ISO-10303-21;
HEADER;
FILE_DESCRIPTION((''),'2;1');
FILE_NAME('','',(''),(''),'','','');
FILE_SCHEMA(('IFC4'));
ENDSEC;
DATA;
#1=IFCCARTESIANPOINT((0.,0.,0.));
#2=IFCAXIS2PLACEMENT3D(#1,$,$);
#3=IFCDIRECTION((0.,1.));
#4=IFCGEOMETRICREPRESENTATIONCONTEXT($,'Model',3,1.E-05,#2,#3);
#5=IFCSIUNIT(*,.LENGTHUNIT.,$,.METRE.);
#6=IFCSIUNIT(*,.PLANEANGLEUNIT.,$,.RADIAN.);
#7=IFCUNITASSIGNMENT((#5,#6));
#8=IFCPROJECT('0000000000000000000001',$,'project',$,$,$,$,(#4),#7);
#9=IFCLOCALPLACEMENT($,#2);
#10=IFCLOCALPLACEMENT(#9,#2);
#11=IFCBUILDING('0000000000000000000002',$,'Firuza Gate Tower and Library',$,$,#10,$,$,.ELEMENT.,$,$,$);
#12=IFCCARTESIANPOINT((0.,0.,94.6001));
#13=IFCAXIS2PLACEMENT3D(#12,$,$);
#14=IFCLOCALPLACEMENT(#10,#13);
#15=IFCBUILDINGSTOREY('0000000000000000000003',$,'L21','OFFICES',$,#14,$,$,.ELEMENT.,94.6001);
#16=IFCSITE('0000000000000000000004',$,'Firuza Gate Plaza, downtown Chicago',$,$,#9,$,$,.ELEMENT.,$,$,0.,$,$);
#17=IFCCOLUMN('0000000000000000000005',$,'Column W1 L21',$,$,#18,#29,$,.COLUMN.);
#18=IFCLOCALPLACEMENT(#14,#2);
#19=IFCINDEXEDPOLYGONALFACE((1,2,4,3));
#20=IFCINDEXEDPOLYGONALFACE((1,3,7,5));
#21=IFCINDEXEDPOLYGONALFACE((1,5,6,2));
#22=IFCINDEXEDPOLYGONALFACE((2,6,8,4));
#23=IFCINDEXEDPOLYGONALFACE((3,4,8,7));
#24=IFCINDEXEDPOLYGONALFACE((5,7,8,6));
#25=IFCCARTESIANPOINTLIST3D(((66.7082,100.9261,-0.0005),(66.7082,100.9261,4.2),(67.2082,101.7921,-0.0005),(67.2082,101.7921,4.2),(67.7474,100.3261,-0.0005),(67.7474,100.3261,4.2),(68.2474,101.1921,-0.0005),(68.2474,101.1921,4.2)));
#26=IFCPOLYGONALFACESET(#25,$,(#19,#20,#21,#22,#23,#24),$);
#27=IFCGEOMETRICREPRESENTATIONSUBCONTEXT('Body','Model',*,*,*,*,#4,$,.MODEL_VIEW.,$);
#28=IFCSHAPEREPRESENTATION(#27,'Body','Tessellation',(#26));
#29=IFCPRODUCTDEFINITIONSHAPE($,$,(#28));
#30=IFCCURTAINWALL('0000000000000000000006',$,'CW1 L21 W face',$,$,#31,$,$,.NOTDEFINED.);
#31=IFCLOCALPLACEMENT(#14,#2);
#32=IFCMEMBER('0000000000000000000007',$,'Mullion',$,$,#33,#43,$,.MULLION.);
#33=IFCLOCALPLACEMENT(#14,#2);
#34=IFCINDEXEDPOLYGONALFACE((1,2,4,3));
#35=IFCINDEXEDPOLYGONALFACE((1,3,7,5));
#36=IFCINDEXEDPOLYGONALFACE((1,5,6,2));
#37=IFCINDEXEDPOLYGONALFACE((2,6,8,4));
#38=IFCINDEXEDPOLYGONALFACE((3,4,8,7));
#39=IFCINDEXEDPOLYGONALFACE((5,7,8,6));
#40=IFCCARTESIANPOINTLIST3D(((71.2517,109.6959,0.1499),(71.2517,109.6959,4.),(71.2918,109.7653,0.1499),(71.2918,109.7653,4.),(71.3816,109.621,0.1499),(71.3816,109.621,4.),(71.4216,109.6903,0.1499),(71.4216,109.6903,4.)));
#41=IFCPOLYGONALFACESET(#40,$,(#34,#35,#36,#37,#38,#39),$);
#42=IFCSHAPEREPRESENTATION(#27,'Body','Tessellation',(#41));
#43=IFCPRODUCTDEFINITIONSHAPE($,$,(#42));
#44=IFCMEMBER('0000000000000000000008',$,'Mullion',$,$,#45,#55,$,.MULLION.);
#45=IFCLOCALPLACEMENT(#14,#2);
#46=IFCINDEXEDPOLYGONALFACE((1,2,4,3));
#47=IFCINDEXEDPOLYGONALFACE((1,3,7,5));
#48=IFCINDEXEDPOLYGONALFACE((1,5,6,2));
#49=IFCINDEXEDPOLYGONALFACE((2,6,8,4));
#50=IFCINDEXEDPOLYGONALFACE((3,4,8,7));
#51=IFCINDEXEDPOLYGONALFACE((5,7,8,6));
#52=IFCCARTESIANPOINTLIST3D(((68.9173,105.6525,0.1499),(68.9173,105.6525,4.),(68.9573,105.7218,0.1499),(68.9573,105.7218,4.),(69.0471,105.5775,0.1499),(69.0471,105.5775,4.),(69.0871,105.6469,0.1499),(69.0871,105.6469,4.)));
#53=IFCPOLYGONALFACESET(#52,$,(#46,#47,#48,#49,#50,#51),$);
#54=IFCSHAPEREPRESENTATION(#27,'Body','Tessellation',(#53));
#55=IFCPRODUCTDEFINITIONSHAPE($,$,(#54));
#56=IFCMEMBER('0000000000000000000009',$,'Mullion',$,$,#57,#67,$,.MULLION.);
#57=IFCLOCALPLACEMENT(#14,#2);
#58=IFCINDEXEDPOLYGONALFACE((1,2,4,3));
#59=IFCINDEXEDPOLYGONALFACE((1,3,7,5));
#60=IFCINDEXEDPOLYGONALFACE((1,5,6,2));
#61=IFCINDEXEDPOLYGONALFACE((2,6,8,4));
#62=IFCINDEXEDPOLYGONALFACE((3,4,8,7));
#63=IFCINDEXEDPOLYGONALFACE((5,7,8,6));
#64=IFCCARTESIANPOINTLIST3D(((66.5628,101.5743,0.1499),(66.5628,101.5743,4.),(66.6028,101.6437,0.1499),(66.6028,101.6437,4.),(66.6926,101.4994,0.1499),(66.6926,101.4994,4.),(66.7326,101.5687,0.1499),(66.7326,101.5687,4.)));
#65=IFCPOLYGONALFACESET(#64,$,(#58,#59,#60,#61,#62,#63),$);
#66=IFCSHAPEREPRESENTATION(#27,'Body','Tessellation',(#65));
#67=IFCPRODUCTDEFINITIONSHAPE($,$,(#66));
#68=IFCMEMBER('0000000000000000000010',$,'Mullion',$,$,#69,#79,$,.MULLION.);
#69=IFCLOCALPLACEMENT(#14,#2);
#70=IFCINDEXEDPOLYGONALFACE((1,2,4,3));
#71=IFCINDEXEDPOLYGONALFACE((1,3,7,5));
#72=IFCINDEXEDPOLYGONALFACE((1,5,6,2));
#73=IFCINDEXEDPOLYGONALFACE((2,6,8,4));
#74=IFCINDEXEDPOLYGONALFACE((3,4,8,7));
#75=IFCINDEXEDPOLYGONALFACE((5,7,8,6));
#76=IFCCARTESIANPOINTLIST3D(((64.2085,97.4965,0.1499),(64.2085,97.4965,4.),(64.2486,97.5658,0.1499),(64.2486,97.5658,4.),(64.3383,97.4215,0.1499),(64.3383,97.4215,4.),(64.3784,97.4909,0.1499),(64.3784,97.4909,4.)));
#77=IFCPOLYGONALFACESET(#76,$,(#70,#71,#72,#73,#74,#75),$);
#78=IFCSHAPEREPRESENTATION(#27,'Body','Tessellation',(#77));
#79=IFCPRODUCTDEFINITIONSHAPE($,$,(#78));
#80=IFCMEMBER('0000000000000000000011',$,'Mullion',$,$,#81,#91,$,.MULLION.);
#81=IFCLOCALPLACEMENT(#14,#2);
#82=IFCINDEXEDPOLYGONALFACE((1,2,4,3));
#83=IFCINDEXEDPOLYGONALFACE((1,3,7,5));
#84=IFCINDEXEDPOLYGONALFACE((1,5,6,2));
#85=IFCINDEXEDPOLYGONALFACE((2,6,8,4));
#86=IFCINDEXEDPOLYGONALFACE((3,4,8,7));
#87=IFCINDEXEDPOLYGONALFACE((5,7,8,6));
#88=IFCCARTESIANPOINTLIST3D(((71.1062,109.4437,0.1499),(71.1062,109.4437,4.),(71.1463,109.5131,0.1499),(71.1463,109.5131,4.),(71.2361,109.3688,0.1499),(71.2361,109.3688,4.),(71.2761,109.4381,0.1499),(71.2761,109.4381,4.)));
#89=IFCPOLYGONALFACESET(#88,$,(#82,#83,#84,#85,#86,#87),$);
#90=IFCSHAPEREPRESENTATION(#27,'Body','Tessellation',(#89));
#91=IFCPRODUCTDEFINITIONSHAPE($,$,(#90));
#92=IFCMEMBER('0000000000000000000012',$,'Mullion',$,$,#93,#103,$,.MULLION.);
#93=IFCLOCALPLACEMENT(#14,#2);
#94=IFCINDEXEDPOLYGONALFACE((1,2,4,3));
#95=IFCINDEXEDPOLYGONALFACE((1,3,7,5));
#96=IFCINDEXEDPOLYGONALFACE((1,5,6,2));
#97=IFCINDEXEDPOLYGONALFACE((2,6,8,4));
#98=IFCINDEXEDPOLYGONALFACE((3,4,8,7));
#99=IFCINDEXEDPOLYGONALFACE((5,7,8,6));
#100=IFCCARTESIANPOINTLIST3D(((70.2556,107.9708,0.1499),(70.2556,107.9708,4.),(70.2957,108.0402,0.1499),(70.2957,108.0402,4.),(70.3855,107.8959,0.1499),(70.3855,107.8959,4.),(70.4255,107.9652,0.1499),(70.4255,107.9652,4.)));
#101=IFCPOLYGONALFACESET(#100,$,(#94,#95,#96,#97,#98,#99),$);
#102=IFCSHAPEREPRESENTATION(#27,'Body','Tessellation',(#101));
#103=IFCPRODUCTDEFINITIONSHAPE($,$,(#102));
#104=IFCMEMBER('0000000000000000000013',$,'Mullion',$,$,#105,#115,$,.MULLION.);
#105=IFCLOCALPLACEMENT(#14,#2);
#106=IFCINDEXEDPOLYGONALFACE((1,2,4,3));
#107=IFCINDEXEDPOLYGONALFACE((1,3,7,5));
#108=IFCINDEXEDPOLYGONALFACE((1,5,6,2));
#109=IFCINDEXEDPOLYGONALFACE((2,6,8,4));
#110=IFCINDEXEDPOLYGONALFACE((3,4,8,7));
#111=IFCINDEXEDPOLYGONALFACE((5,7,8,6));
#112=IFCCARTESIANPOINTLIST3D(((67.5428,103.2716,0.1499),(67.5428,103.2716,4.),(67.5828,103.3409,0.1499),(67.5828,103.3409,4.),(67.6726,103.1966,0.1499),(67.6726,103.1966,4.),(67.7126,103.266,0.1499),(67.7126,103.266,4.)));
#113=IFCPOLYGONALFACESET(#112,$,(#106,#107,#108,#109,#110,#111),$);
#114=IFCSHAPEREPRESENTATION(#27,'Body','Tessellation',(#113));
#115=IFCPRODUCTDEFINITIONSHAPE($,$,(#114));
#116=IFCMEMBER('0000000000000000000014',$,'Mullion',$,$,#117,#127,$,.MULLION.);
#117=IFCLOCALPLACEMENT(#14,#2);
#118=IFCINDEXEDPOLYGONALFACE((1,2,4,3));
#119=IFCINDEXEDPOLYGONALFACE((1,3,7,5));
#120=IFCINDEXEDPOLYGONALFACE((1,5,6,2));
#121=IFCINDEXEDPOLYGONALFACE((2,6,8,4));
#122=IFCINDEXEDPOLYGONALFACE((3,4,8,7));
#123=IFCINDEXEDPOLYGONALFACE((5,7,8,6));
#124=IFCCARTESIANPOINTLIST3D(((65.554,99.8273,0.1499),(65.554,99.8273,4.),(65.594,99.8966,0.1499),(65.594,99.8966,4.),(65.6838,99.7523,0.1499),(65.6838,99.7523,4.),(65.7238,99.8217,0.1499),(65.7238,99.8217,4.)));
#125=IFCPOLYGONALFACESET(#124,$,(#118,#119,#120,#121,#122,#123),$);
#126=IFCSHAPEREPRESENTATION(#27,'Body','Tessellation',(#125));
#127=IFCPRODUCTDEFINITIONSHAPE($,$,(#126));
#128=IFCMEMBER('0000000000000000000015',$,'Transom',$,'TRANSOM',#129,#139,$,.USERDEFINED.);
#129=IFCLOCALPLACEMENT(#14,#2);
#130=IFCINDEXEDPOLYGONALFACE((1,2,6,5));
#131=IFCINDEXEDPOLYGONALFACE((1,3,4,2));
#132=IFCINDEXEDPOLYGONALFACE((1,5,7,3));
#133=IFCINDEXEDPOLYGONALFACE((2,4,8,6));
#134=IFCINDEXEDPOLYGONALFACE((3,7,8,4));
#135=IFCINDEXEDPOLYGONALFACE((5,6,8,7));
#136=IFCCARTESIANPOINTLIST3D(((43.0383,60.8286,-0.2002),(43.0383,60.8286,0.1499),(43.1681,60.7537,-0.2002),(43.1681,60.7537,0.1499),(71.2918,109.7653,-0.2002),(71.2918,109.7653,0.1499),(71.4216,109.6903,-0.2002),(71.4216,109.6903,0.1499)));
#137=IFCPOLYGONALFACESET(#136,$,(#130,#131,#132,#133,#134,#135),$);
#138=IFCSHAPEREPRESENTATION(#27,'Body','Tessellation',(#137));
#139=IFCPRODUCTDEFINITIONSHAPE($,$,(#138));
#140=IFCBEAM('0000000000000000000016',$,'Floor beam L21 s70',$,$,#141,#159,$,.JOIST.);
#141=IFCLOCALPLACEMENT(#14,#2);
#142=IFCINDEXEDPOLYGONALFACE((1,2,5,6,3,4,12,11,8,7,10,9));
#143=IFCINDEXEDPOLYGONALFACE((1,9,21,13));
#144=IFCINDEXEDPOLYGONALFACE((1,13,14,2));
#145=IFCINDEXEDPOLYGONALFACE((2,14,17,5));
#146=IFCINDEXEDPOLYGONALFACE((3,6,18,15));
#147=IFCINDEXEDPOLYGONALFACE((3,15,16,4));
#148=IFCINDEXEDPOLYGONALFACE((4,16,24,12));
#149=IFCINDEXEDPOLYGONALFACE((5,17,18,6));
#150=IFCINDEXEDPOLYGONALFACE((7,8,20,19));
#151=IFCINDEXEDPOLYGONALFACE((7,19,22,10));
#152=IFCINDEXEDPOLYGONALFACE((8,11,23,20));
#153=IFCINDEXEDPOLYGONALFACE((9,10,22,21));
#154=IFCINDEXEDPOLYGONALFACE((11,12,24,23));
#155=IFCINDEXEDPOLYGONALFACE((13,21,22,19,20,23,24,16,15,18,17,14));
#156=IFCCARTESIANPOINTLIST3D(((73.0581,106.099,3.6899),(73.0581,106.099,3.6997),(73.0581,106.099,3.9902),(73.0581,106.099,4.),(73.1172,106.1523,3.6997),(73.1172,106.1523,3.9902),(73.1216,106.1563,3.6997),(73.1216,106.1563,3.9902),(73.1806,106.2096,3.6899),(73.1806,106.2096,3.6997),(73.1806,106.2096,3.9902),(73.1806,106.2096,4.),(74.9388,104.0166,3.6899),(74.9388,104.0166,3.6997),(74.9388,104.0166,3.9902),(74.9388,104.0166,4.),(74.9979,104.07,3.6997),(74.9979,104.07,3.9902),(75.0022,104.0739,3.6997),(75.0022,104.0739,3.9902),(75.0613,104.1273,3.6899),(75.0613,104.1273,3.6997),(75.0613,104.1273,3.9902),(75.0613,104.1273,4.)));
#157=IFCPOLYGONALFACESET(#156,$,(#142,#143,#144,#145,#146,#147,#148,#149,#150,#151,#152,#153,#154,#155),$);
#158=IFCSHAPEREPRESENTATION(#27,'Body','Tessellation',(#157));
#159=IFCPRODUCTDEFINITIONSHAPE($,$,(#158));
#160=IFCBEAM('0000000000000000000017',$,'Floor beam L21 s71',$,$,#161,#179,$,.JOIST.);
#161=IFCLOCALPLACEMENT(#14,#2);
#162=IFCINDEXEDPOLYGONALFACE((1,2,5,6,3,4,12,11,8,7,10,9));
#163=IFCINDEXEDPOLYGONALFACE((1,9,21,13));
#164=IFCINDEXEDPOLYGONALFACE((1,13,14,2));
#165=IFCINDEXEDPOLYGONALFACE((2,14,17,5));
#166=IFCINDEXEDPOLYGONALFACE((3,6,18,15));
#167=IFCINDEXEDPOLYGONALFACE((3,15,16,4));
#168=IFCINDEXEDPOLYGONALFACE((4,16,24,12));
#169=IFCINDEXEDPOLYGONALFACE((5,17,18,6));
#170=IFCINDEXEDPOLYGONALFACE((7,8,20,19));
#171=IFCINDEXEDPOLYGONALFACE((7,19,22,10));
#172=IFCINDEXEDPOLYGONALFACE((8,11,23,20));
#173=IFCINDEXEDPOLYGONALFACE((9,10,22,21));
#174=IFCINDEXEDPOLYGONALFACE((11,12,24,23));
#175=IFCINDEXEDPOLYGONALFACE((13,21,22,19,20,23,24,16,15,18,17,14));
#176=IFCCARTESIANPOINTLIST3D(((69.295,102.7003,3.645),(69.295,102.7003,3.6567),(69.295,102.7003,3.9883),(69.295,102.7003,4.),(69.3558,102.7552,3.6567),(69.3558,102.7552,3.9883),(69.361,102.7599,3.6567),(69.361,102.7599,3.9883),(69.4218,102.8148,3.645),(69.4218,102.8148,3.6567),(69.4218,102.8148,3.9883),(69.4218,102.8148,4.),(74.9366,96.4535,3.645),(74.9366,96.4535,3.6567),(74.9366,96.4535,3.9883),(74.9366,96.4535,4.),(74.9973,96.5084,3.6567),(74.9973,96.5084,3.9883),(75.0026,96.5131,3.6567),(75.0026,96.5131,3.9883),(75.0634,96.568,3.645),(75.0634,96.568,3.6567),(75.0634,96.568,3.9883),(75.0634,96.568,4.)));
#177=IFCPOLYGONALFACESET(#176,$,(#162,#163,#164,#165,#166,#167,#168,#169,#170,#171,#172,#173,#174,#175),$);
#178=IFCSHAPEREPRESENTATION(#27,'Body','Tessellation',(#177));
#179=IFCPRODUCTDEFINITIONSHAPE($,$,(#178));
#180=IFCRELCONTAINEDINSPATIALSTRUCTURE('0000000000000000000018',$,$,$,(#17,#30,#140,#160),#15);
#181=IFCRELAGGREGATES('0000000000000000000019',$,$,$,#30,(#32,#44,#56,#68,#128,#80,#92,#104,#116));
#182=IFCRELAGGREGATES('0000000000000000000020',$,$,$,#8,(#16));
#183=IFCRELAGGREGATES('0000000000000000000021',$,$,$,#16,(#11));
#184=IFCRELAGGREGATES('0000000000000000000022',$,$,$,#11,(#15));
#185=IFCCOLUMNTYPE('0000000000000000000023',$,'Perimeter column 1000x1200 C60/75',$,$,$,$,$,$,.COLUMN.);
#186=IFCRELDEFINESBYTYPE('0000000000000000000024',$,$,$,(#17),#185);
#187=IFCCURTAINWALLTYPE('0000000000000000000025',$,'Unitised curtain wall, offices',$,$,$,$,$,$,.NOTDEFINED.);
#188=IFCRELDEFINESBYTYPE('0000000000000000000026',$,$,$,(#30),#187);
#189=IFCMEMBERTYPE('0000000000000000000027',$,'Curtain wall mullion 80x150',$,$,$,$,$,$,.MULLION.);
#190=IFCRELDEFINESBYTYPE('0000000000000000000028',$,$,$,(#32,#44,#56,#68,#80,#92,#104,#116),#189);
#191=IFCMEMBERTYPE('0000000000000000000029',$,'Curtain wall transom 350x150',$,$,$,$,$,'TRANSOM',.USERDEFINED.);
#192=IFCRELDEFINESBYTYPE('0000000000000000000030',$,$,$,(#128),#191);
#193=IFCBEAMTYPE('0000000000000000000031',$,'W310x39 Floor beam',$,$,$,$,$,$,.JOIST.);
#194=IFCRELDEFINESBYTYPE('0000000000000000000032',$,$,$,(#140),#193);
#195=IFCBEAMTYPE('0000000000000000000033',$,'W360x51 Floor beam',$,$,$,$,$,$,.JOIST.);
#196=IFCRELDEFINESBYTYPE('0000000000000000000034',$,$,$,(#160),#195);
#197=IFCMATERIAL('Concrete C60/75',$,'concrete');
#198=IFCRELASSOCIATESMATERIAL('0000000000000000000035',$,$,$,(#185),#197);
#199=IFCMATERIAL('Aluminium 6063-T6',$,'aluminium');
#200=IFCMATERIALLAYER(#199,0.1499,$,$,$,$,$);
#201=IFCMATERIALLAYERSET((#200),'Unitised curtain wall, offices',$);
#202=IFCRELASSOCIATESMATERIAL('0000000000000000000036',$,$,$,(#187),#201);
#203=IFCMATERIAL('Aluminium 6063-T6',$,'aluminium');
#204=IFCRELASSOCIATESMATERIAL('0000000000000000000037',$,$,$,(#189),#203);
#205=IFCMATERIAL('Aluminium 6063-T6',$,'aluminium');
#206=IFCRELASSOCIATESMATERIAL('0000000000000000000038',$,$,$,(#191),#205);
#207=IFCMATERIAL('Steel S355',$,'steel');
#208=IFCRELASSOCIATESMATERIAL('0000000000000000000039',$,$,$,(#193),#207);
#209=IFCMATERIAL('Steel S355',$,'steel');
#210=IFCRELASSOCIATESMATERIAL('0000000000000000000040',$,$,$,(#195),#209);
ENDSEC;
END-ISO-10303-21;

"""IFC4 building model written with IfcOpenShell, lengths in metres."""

from ifc_helpers import new_model, si_unit, direction, frame, origin, origin_2d, place, context, subcontext, project, spatial, rectangle, i_section, extrude, material, layer, layer_set, material_profile, profile_set, type_object, element, aggregate, save


model = new_model("IFC4")

# Units and contexts
model_context = context("Model", 3, precision=1e-05, world=origin(), true_north=direction((0.0, 1.0)))
body_context = subcontext(model_context, "Body", "Model", "MODEL_VIEW")
ifc_project = project(units=[si_unit("LENGTHUNIT", "METRE"), si_unit("PLANEANGLEUNIT", "RADIAN")], contexts=[model_context])

# Site, building, storey
site_placement = place(None, origin())
site = spatial("IfcSite", under=ifc_project, at=site_placement, Name="Firuza Gate Plaza, downtown Chicago", CompositionType="ELEMENT", RefElevation=0.0)
building_placement = place(site_placement, origin())
building = spatial("IfcBuilding", under=site, at=building_placement, Name="Firuza Gate Tower and Library", CompositionType="ELEMENT")
storey_placement = place(building_placement, frame((0.0, 0.0, 94.6001)))
storey = spatial("IfcBuildingStorey", under=building, at=storey_placement, Name="L21", Description="OFFICES", CompositionType="ELEMENT", Elevation=94.6001)

# Column
ifc_material_1 = material(Name="Concrete C60/75", Category="concrete")
ifc_material_profile_1 = material_profile(ifc_material_1, rectangle(XDim=1.0, YDim=1.2, at=origin_2d()))
ifc_profile_set_1 = profile_set([ifc_material_profile_1], Name="Concrete C60/75")
column_type = type_object("IfcColumnType", Name="Perimeter column 1000x1200 C60/75", PredefinedType="COLUMN", material=ifc_profile_set_1)
column_placement = place(storey_placement, frame((67.4778, 101.0591, -0.0005), z_axis=(0.0, 0.0, 1.0), x_axis=(-0.5, -0.866025, 0.0)))
element("IfcColumn", 1, at=column_placement, inside=storey, type_object=column_type, Name="Column W1 L21", PredefinedType="COLUMN", context=body_context, shape_type="SweptSolid", body=[
    extrude(rectangle(XDim=1.0, YDim=1.2, at=origin_2d()), origin(), (0.0, 0.0, 1.0), 4.2004),
])

# Curtain wall, members
ifc_material_2 = material(Name="Aluminium 6063-T6", Category="aluminium")
ifc_layer_1 = layer(ifc_material_2, 0.1499)
ifc_layer_set_1 = layer_set([ifc_layer_1], Name="Unitised curtain wall, offices")
curtain_wall_type = type_object("IfcCurtainWallType", Name="Unitised curtain wall, offices", PredefinedType="NOTDEFINED", material=ifc_layer_set_1)
curtain_wall_placement = place(storey_placement, origin())
curtain_wall = element("IfcCurtainWall", 2, at=curtain_wall_placement, inside=storey, type_object=curtain_wall_type, Name="CW1 L21 W face", PredefinedType="NOTDEFINED")
ifc_material_3 = material(Name="Aluminium 6063-T6", Category="aluminium")
ifc_material_profile_2 = material_profile(ifc_material_3, rectangle(XDim=0.1499, YDim=0.0801, at=origin_2d()))
ifc_profile_set_2 = profile_set([ifc_material_profile_2], Name="Aluminium 6063-T6")
member_type_1 = type_object("IfcMemberType", Name="Curtain wall mullion 80x150", PredefinedType="MULLION", material=ifc_profile_set_2)
member_1_placement = place(storey_placement, frame((71.3367, 109.6931, 0.1499), z_axis=(0.0, 0.0, 1.0), x_axis=(0.866025, -0.5, 0.0)))
member_1 = element("IfcMember", 3, at=member_1_placement, type_object=member_type_1, Name="Mullion", PredefinedType="MULLION", context=body_context, shape_type="SweptSolid", body=[
    extrude(rectangle(XDim=0.1499, YDim=0.0801, at=origin_2d()), origin(), (0.0, 0.0, 1.0), 3.8501),
])
member_2_placement = place(storey_placement, frame((69.0022, 105.6497, 0.1499), z_axis=(0.0, 0.0, 1.0), x_axis=(0.866025, -0.5, 0.0)))
member_2 = element("IfcMember", 4, at=member_2_placement, type_object=member_type_1, Name="Mullion", PredefinedType="MULLION", context=body_context, shape_type="SweptSolid", body=[
    extrude(rectangle(XDim=0.1499, YDim=0.0801, at=origin_2d()), origin(), (0.0, 0.0, 1.0), 3.8501),
])
member_3_placement = place(storey_placement, frame((66.6477, 101.5715, 0.1499), z_axis=(0.0, 0.0, 1.0), x_axis=(0.866025, -0.5, 0.0)))
member_3 = element("IfcMember", 5, at=member_3_placement, type_object=member_type_1, Name="Mullion", PredefinedType="MULLION", context=body_context, shape_type="SweptSolid", body=[
    extrude(rectangle(XDim=0.1499, YDim=0.0801, at=origin_2d()), origin(), (0.0, 0.0, 1.0), 3.8501),
])
member_4_placement = place(storey_placement, frame((64.2935, 97.4937, 0.1499), z_axis=(0.0, 0.0, 1.0), x_axis=(0.866025, -0.5, 0.0)))
member_4 = element("IfcMember", 6, at=member_4_placement, type_object=member_type_1, Name="Mullion", PredefinedType="MULLION", context=body_context, shape_type="SweptSolid", body=[
    extrude(rectangle(XDim=0.1499, YDim=0.0801, at=origin_2d()), origin(), (0.0, 0.0, 1.0), 3.8501),
])
member_5_placement = place(storey_placement, frame((71.1912, 109.4409, 0.1499), z_axis=(0.0, 0.0, 1.0), x_axis=(0.866025, -0.5, 0.0)))
member_5 = element("IfcMember", 7, at=member_5_placement, type_object=member_type_1, Name="Mullion", PredefinedType="MULLION", context=body_context, shape_type="SweptSolid", body=[
    extrude(rectangle(XDim=0.1499, YDim=0.0801, at=origin_2d()), origin(), (0.0, 0.0, 1.0), 3.8501),
])
member_6_placement = place(storey_placement, frame((70.3406, 107.968, 0.1499), z_axis=(0.0, 0.0, 1.0), x_axis=(0.866025, -0.5, 0.0)))
member_6 = element("IfcMember", 8, at=member_6_placement, type_object=member_type_1, Name="Mullion", PredefinedType="MULLION", context=body_context, shape_type="SweptSolid", body=[
    extrude(rectangle(XDim=0.1499, YDim=0.0801, at=origin_2d()), origin(), (0.0, 0.0, 1.0), 3.8501),
])
member_7_placement = place(storey_placement, frame((67.6277, 103.2688, 0.1499), z_axis=(0.0, 0.0, 1.0), x_axis=(0.866025, -0.5, 0.0)))
member_7 = element("IfcMember", 9, at=member_7_placement, type_object=member_type_1, Name="Mullion", PredefinedType="MULLION", context=body_context, shape_type="SweptSolid", body=[
    extrude(rectangle(XDim=0.1499, YDim=0.0801, at=origin_2d()), origin(), (0.0, 0.0, 1.0), 3.8501),
])
member_8_placement = place(storey_placement, frame((65.6389, 99.8245, 0.1499), z_axis=(0.0, 0.0, 1.0), x_axis=(0.866025, -0.5, 0.0)))
member_8 = element("IfcMember", 10, at=member_8_placement, type_object=member_type_1, Name="Mullion", PredefinedType="MULLION", context=body_context, shape_type="SweptSolid", body=[
    extrude(rectangle(XDim=0.1499, YDim=0.0801, at=origin_2d()), origin(), (0.0, 0.0, 1.0), 3.8501),
])
ifc_material_4 = material(Name="Aluminium 6063-T6", Category="aluminium")
ifc_material_profile_3 = material_profile(ifc_material_4, rectangle(XDim=0.1499, YDim=0.3501, at=origin_2d()))
ifc_profile_set_3 = profile_set([ifc_material_profile_3], Name="Aluminium 6063-T6")
member_type_2 = type_object("IfcMemberType", Name="Curtain wall transom 350x150", ElementType="TRANSOM", PredefinedType="USERDEFINED", material=ifc_profile_set_3)
member_9_placement = place(storey_placement, frame((71.3567, 109.7278, -0.0251), z_axis=(-0.499999, -0.866026, 0.0), x_axis=(0.866026, -0.499999, 0.0)))
member_9 = element("IfcMember", 11, at=member_9_placement, type_object=member_type_2, Name="Transom", ObjectType="TRANSOM", PredefinedType="USERDEFINED", context=body_context, shape_type="SweptSolid", body=[
    extrude(rectangle(XDim=0.1499, YDim=0.3501, at=origin_2d()), origin(), (0.0, 0.0, 1.0), 56.5071),
])

# Beams
ifc_material_5 = material(Name="Steel S355", Category="steel")
ifc_material_profile_4 = material_profile(ifc_material_5, i_section(OverallWidth=0.165, OverallDepth=0.3101, WebThickness=0.0059, FlangeThickness=0.0098, at=origin_2d()))
ifc_profile_set_4 = profile_set([ifc_material_profile_4], Name="Steel S355")
beam_type_1 = type_object("IfcBeamType", Name="W310x39 Floor beam", PredefinedType="JOIST", material=ifc_profile_set_4)
beam_1_placement = place(storey_placement, frame((73.1194, 106.1543, 3.845), z_axis=(0.670257, -0.742129, 0.0), x_axis=(0.742129, 0.670257, 0.0)))
element("IfcBeam", 12, at=beam_1_placement, inside=storey, type_object=beam_type_1, Name="Floor beam L21 s70", PredefinedType="JOIST", context=body_context, shape_type="SweptSolid", body=[
    extrude(i_section(OverallWidth=0.165, OverallDepth=0.3101, WebThickness=0.0059, FlangeThickness=0.0098, at=origin_2d()), origin(), (0.0, 0.0, 1.0), 2.8059),
])
ifc_material_6 = material(Name="Steel S355", Category="steel")
ifc_material_profile_5 = material_profile(ifc_material_6, i_section(OverallWidth=0.1709, OverallDepth=0.355, WebThickness=0.0071, FlangeThickness=0.0117, at=origin_2d()))
ifc_profile_set_5 = profile_set([ifc_material_profile_5], Name="Steel S355")
beam_type_2 = type_object("IfcBeamType", Name="W360x51 Floor beam", PredefinedType="JOIST", material=ifc_profile_set_5)
beam_2_placement = place(storey_placement, frame((69.3584, 102.7576, 3.8225), z_axis=(0.670241, -0.742144, 0.0), x_axis=(0.742144, 0.670241, 0.0)))
element("IfcBeam", 13, at=beam_2_placement, inside=storey, type_object=beam_type_2, Name="Floor beam L21 s71", PredefinedType="JOIST", context=body_context, shape_type="SweptSolid", body=[
    extrude(i_section(OverallWidth=0.1709, OverallDepth=0.355, WebThickness=0.0071, FlangeThickness=0.0117, at=origin_2d()), origin(), (0.0, 0.0, 1.0), 8.4172),
])

aggregate(curtain_wall, [member_1, member_2, member_3, member_4, member_9, member_5, member_6, member_7, member_8])

save(model, "model.ifc")
